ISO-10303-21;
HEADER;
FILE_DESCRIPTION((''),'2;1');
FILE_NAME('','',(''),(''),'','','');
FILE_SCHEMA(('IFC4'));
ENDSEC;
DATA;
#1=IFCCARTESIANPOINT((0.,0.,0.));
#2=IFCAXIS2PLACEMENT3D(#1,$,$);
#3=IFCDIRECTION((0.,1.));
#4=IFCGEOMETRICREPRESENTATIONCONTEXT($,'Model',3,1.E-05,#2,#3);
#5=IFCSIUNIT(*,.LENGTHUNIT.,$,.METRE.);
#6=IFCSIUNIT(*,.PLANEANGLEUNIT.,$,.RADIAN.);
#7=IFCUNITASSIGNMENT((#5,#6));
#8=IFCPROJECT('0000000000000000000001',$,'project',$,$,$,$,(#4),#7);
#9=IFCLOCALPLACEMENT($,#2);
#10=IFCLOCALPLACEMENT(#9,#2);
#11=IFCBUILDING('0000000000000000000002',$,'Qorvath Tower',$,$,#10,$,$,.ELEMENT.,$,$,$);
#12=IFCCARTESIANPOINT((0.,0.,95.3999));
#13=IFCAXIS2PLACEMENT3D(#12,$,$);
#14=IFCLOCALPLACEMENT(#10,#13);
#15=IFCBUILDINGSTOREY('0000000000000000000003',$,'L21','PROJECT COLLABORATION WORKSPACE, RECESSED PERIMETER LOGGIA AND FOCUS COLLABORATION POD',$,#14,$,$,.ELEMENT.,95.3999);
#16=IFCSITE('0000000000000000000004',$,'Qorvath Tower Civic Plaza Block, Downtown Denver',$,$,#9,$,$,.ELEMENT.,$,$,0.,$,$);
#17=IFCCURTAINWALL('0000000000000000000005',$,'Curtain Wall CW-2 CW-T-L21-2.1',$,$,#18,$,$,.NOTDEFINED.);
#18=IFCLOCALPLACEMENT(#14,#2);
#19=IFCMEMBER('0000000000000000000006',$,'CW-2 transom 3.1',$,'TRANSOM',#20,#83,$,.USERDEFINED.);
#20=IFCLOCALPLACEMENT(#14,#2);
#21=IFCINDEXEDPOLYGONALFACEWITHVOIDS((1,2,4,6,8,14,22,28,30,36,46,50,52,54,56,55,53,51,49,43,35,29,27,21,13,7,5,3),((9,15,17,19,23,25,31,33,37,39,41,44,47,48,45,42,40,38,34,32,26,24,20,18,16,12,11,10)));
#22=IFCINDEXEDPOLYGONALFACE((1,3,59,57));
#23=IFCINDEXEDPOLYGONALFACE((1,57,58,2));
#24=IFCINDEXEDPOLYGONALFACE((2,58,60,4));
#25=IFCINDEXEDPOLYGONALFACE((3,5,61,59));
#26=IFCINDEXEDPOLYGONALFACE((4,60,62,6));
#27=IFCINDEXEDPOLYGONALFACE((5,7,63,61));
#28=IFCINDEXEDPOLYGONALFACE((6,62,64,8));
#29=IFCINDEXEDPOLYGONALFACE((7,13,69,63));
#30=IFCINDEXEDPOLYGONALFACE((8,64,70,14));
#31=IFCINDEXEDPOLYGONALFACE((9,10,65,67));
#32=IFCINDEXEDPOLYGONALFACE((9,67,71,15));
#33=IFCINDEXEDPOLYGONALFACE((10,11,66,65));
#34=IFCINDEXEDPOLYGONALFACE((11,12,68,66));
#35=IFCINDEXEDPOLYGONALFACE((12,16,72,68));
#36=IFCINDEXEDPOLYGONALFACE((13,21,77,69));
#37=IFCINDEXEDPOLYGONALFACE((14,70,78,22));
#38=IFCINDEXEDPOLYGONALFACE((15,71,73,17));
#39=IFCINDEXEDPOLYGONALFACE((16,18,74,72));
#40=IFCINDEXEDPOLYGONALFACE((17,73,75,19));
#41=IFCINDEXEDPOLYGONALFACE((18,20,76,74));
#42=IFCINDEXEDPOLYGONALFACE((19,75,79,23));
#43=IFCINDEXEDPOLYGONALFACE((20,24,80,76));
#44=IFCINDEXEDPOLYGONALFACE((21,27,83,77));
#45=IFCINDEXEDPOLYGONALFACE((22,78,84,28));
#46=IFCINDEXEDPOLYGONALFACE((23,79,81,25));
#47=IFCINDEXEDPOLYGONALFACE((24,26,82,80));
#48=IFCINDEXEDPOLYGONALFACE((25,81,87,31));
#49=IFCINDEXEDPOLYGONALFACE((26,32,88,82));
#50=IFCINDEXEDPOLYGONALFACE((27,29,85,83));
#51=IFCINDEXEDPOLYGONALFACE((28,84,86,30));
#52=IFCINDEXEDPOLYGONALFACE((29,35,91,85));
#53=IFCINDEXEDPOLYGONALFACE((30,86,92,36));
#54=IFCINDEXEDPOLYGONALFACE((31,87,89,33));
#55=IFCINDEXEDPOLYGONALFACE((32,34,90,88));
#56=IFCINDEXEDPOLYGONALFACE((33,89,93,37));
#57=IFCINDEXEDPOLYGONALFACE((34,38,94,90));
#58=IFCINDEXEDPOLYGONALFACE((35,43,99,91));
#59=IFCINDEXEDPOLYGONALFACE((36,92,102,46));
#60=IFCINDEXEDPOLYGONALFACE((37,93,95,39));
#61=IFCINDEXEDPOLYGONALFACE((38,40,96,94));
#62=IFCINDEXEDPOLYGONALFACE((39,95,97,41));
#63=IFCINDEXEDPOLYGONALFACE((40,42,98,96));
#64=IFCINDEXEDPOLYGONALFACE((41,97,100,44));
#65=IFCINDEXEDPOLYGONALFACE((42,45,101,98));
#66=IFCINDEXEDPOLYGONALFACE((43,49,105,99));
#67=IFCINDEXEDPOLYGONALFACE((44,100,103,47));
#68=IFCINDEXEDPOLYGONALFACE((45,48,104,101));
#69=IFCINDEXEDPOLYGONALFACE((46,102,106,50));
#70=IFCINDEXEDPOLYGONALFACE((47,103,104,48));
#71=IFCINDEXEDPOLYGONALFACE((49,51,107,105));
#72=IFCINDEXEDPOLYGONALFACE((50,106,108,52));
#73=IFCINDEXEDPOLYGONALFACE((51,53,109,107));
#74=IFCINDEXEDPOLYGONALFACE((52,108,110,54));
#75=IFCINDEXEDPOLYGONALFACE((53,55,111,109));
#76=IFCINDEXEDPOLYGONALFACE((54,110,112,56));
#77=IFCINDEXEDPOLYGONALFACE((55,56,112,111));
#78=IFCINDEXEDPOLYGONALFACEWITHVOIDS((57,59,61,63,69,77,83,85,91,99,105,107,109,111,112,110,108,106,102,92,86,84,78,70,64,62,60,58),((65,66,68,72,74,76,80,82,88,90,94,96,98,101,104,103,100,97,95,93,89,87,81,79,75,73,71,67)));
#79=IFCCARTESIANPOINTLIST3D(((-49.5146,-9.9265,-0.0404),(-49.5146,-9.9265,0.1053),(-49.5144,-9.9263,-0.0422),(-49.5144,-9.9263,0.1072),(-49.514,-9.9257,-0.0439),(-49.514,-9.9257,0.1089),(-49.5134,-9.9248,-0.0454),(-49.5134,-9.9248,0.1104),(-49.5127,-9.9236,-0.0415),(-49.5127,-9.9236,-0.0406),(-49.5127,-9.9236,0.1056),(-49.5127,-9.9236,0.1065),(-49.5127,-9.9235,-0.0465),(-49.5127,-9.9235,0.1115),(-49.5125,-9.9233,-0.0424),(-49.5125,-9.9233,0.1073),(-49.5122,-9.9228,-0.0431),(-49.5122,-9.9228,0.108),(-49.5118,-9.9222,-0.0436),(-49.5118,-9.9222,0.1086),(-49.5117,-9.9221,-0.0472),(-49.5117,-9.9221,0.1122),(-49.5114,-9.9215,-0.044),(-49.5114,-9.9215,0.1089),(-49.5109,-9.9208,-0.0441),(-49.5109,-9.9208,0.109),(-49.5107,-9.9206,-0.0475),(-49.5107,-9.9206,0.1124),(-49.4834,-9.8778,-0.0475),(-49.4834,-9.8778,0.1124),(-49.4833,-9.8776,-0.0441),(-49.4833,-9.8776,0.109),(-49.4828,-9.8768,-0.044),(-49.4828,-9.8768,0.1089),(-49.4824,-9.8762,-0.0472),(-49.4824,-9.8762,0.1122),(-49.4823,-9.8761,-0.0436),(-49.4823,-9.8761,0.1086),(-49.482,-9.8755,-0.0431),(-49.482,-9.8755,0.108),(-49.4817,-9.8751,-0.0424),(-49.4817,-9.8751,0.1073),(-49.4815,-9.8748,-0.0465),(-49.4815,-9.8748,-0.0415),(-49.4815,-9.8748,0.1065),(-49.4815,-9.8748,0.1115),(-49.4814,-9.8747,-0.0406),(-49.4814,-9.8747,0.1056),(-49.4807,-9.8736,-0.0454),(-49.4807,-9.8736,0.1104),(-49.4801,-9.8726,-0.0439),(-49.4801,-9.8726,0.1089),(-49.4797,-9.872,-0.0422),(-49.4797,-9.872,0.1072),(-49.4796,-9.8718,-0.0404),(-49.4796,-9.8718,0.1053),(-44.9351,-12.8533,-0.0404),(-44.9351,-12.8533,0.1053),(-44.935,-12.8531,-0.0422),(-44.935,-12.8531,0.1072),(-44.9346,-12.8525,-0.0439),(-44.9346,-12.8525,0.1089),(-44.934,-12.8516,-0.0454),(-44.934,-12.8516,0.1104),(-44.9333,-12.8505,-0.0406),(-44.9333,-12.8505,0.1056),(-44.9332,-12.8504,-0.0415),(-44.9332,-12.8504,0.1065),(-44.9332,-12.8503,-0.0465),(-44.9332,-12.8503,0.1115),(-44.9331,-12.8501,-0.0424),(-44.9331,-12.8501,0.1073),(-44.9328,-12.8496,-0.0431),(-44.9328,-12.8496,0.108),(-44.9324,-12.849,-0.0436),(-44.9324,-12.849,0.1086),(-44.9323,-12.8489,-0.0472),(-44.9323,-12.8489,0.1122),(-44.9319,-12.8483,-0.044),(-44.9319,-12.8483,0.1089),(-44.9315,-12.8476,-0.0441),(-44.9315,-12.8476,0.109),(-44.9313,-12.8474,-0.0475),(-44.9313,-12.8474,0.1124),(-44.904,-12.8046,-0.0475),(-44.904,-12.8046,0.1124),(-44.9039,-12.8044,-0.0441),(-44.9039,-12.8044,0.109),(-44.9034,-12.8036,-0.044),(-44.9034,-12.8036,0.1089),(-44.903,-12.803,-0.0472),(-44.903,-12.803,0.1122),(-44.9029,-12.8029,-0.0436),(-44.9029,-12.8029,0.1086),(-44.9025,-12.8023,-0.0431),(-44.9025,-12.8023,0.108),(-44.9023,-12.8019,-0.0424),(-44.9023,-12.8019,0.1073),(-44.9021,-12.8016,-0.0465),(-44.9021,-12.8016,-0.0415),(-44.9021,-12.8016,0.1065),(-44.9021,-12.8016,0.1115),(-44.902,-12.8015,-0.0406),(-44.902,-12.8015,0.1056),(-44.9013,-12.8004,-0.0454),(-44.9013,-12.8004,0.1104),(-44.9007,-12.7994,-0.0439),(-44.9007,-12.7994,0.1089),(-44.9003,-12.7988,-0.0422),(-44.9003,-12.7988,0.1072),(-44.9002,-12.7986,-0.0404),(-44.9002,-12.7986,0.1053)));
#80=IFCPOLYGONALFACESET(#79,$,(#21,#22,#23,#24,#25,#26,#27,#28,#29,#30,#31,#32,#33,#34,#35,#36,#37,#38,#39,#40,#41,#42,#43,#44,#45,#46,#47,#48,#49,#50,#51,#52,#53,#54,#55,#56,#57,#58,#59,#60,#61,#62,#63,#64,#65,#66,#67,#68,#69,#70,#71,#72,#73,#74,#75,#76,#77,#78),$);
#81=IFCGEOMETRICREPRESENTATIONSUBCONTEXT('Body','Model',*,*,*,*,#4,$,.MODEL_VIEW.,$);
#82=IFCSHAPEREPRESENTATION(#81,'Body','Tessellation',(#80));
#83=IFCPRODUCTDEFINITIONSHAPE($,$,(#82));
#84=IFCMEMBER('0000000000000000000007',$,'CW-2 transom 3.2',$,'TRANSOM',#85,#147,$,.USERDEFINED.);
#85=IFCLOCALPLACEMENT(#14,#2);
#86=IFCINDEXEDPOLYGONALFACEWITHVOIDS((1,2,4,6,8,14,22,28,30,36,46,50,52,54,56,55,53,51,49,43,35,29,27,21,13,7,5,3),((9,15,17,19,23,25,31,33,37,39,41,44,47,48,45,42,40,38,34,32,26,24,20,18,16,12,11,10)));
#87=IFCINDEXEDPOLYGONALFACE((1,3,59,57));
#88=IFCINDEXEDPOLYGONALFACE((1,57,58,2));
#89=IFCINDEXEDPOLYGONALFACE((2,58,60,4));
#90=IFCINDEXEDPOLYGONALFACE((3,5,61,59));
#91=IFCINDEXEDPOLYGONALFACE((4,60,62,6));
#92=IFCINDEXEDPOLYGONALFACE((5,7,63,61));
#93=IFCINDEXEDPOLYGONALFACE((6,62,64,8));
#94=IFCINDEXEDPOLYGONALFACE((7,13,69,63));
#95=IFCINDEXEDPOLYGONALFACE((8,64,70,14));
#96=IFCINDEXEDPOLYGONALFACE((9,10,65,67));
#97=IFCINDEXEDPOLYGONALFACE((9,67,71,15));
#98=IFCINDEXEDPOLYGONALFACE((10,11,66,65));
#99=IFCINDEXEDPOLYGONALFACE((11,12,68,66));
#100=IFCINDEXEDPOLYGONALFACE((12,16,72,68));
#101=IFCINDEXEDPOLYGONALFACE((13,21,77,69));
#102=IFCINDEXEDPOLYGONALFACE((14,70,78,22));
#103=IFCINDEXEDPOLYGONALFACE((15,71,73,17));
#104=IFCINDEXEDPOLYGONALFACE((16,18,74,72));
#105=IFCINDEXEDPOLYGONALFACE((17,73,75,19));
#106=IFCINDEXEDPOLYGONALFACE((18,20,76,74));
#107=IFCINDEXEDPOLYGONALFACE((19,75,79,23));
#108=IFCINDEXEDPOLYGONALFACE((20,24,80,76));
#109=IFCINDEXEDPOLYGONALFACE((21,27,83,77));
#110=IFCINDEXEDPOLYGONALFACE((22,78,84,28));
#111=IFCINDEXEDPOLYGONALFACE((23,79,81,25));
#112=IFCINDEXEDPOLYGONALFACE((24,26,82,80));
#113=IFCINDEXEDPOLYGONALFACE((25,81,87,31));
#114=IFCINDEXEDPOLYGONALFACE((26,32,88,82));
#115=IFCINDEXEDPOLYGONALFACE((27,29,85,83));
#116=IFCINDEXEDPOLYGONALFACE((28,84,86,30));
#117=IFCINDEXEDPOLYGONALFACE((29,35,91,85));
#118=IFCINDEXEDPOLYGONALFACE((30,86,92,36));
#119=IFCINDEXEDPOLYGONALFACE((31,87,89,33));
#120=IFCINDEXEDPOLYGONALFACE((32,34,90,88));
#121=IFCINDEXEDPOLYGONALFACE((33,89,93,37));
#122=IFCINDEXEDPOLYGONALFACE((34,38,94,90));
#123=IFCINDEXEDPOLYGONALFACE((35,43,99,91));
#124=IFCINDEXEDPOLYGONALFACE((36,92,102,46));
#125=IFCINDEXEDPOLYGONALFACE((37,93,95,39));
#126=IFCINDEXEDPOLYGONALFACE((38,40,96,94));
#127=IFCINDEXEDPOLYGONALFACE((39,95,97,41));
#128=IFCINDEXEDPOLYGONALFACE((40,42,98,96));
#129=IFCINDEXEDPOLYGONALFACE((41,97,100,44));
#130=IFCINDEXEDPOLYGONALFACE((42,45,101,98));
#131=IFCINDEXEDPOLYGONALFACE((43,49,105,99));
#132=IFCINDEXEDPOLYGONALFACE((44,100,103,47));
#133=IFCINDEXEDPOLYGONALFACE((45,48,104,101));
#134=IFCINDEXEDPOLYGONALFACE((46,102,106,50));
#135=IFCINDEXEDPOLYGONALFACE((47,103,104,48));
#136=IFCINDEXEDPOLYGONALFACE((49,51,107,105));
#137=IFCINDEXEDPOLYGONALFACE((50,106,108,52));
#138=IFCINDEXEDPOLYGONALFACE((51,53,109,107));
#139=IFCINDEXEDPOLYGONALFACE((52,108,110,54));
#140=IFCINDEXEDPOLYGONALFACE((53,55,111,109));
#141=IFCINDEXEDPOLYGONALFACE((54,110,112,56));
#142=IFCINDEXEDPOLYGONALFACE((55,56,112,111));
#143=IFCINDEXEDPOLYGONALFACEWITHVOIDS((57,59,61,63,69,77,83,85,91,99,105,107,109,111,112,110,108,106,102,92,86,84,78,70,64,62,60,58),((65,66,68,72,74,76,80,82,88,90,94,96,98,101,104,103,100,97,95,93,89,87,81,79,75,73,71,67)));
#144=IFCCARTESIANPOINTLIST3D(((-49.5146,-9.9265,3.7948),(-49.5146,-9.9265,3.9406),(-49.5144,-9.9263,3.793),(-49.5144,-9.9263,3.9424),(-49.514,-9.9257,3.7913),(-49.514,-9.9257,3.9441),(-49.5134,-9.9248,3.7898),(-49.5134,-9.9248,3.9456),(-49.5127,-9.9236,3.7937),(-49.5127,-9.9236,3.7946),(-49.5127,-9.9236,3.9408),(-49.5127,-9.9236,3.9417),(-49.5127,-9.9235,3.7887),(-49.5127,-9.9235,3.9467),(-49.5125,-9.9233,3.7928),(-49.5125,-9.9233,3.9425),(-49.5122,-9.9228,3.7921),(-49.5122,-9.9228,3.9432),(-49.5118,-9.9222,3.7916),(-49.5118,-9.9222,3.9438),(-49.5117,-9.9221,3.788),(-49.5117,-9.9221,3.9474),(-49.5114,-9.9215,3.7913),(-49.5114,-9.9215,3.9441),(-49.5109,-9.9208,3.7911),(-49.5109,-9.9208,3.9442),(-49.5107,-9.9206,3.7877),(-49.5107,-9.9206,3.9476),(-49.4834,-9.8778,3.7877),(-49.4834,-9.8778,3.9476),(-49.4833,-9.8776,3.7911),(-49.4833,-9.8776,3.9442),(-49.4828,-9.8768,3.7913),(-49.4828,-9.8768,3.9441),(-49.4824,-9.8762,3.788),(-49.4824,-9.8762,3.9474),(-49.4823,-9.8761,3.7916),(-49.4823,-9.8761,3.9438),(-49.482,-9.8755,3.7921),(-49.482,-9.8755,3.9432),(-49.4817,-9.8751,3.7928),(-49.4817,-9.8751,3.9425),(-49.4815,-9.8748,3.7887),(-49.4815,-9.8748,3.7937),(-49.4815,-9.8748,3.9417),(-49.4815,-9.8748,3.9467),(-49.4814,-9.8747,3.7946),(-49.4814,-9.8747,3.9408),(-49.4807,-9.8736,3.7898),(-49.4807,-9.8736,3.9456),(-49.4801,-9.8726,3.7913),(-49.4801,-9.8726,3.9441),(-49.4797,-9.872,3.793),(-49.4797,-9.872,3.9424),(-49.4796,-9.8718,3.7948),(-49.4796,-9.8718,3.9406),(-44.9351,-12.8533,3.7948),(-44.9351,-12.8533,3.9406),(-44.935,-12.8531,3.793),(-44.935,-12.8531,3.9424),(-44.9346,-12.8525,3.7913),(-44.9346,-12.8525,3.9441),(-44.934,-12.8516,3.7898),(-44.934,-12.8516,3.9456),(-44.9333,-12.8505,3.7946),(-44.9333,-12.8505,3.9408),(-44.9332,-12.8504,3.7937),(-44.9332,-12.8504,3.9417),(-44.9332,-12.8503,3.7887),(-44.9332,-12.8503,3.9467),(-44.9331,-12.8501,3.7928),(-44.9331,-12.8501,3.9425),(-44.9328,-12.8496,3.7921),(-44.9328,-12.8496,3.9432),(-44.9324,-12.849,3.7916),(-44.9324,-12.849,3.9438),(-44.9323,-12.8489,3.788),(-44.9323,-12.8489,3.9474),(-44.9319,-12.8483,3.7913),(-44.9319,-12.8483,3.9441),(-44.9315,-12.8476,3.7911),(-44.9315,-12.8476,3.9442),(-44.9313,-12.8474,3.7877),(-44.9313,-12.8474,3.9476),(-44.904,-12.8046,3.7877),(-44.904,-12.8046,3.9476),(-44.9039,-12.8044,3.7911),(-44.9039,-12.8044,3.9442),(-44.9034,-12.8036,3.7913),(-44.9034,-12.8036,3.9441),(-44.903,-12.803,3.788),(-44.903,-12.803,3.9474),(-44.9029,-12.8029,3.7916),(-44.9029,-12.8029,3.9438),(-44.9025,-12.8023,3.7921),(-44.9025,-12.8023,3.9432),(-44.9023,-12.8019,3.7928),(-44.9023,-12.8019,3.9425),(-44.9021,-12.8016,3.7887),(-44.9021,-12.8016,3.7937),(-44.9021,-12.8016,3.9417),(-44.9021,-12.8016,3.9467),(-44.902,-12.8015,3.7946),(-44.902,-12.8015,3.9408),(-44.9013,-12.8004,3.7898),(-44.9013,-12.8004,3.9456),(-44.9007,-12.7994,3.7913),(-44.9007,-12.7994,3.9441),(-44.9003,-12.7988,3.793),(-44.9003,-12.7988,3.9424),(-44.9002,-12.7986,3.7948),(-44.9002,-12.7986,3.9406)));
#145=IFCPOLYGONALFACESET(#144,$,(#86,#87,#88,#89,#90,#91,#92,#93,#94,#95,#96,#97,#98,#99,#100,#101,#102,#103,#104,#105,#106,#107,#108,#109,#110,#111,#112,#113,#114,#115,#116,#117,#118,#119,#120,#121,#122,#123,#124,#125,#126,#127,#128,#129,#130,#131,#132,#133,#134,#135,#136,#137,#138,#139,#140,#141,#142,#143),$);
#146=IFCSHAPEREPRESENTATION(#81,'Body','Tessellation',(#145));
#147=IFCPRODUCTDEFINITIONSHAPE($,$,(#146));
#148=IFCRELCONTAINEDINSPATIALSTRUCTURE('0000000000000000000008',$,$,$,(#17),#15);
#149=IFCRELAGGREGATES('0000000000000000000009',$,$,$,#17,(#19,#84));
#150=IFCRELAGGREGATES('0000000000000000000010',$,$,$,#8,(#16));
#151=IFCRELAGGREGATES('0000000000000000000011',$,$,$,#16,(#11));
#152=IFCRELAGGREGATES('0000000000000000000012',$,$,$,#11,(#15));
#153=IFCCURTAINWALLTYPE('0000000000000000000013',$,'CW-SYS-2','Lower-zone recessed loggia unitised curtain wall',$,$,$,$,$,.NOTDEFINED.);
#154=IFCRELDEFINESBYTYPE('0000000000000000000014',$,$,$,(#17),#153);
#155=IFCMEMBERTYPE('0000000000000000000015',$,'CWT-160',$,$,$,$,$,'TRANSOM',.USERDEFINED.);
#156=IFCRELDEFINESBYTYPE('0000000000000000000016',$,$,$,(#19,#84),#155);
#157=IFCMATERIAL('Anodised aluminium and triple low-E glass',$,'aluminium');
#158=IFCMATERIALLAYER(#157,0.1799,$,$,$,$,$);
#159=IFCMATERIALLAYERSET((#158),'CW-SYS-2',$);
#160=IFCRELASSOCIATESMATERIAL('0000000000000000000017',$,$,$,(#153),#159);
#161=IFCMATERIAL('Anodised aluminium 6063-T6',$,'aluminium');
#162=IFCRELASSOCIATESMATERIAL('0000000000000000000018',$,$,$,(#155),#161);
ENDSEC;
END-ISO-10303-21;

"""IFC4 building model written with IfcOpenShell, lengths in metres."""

from ifc_helpers import new_model, si_unit, direction, frame, origin, origin_2d, place, context, subcontext, project, spatial, hollow_rectangle, extrude, material, layer, layer_set, material_profile, profile_set, type_object, element, aggregate, save


model = new_model("IFC4")

# Units and contexts
model_context = context("Model", 3, precision=1e-05, world=origin(), true_north=direction((0.0, 1.0)))
body_context = subcontext(model_context, "Body", "Model", "MODEL_VIEW")
ifc_project = project(units=[si_unit("LENGTHUNIT", "METRE"), si_unit("PLANEANGLEUNIT", "RADIAN")], contexts=[model_context])

# Site, building, storey
site_placement = place(None, origin())
site = spatial("IfcSite", under=ifc_project, at=site_placement, Name="Qorvath Tower Civic Plaza Block, Downtown Denver", CompositionType="ELEMENT", RefElevation=0.0)
building_placement = place(site_placement, origin())
building = spatial("IfcBuilding", under=site, at=building_placement, Name="Qorvath Tower", CompositionType="ELEMENT")
storey_placement = place(building_placement, frame((0.0, 0.0, 95.3999)))
storey = spatial("IfcBuildingStorey", under=building, at=storey_placement, Name="L21", Description="PROJECT COLLABORATION WORKSPACE, RECESSED PERIMETER LOGGIA AND FOCUS COLLABORATION POD", CompositionType="ELEMENT", Elevation=95.3999)

# Curtain wall, members
ifc_material_1 = material(Name="Anodised aluminium and triple low-E glass", Category="aluminium")
ifc_layer_1 = layer(ifc_material_1, 0.1799)
ifc_layer_set_1 = layer_set([ifc_layer_1], Name="CW-SYS-2")
curtain_wall_type = type_object("IfcCurtainWallType", Name="CW-SYS-2", Description="Lower-zone recessed loggia unitised curtain wall", PredefinedType="NOTDEFINED", material=ifc_layer_set_1)
curtain_wall_placement = place(storey_placement, origin())
curtain_wall = element("IfcCurtainWall", 1, at=curtain_wall_placement, inside=storey, type_object=curtain_wall_type, Name="Curtain Wall CW-2 CW-T-L21-2.1", PredefinedType="NOTDEFINED")
ifc_material_2 = material(Name="Anodised aluminium 6063-T6", Category="aluminium")
ifc_material_profile_1 = material_profile(ifc_material_2, hollow_rectangle(XDim=0.0649, YDim=0.1599, WallThickness=0.0034, InnerFilletRadius=0.0034, OuterFilletRadius=0.0071, at=origin_2d()), Name="CWT 160x65")
ifc_profile_set_1 = profile_set([ifc_material_profile_1], Name="Anodised aluminium 6063-T6")
member_type_1 = type_object("IfcMemberType", Name="CWT-160", ElementType="TRANSOM", PredefinedType="USERDEFINED", material=ifc_profile_set_1)
member_1_placement = place(storey_placement, frame((-49.4971, -9.8992, 0.0325), z_axis=(0.842607, -0.538528, 0.0), x_axis=(0.538528, 0.842607, 0.0)))
member_1 = element("IfcMember", 2, at=member_1_placement, type_object=member_type_1, Name="CW-2 transom 3.1", ObjectType="TRANSOM", PredefinedType="USERDEFINED", context=body_context, shape_type="SweptSolid", body=[
    extrude(hollow_rectangle(XDim=0.0649, YDim=0.1599, WallThickness=0.0034, InnerFilletRadius=0.0034, OuterFilletRadius=0.0071, at=origin_2d()), origin(), (0.0, 0.0, 1.0), 5.4348),
])
member_2_placement = place(storey_placement, frame((-49.4971, -9.8992, 3.8677), z_axis=(0.842607, -0.538528, 0.0), x_axis=(0.538528, 0.842607, 0.0)))
member_2 = element("IfcMember", 3, at=member_2_placement, type_object=member_type_1, Name="CW-2 transom 3.2", ObjectType="TRANSOM", PredefinedType="USERDEFINED", context=body_context, shape_type="SweptSolid", body=[
    extrude(hollow_rectangle(XDim=0.0649, YDim=0.1599, WallThickness=0.0034, InnerFilletRadius=0.0034, OuterFilletRadius=0.0071, at=origin_2d()), origin(), (0.0, 0.0, 1.0), 5.4348),
])
aggregate(curtain_wall, [member_1, member_2])

save(model, "model.ifc")
